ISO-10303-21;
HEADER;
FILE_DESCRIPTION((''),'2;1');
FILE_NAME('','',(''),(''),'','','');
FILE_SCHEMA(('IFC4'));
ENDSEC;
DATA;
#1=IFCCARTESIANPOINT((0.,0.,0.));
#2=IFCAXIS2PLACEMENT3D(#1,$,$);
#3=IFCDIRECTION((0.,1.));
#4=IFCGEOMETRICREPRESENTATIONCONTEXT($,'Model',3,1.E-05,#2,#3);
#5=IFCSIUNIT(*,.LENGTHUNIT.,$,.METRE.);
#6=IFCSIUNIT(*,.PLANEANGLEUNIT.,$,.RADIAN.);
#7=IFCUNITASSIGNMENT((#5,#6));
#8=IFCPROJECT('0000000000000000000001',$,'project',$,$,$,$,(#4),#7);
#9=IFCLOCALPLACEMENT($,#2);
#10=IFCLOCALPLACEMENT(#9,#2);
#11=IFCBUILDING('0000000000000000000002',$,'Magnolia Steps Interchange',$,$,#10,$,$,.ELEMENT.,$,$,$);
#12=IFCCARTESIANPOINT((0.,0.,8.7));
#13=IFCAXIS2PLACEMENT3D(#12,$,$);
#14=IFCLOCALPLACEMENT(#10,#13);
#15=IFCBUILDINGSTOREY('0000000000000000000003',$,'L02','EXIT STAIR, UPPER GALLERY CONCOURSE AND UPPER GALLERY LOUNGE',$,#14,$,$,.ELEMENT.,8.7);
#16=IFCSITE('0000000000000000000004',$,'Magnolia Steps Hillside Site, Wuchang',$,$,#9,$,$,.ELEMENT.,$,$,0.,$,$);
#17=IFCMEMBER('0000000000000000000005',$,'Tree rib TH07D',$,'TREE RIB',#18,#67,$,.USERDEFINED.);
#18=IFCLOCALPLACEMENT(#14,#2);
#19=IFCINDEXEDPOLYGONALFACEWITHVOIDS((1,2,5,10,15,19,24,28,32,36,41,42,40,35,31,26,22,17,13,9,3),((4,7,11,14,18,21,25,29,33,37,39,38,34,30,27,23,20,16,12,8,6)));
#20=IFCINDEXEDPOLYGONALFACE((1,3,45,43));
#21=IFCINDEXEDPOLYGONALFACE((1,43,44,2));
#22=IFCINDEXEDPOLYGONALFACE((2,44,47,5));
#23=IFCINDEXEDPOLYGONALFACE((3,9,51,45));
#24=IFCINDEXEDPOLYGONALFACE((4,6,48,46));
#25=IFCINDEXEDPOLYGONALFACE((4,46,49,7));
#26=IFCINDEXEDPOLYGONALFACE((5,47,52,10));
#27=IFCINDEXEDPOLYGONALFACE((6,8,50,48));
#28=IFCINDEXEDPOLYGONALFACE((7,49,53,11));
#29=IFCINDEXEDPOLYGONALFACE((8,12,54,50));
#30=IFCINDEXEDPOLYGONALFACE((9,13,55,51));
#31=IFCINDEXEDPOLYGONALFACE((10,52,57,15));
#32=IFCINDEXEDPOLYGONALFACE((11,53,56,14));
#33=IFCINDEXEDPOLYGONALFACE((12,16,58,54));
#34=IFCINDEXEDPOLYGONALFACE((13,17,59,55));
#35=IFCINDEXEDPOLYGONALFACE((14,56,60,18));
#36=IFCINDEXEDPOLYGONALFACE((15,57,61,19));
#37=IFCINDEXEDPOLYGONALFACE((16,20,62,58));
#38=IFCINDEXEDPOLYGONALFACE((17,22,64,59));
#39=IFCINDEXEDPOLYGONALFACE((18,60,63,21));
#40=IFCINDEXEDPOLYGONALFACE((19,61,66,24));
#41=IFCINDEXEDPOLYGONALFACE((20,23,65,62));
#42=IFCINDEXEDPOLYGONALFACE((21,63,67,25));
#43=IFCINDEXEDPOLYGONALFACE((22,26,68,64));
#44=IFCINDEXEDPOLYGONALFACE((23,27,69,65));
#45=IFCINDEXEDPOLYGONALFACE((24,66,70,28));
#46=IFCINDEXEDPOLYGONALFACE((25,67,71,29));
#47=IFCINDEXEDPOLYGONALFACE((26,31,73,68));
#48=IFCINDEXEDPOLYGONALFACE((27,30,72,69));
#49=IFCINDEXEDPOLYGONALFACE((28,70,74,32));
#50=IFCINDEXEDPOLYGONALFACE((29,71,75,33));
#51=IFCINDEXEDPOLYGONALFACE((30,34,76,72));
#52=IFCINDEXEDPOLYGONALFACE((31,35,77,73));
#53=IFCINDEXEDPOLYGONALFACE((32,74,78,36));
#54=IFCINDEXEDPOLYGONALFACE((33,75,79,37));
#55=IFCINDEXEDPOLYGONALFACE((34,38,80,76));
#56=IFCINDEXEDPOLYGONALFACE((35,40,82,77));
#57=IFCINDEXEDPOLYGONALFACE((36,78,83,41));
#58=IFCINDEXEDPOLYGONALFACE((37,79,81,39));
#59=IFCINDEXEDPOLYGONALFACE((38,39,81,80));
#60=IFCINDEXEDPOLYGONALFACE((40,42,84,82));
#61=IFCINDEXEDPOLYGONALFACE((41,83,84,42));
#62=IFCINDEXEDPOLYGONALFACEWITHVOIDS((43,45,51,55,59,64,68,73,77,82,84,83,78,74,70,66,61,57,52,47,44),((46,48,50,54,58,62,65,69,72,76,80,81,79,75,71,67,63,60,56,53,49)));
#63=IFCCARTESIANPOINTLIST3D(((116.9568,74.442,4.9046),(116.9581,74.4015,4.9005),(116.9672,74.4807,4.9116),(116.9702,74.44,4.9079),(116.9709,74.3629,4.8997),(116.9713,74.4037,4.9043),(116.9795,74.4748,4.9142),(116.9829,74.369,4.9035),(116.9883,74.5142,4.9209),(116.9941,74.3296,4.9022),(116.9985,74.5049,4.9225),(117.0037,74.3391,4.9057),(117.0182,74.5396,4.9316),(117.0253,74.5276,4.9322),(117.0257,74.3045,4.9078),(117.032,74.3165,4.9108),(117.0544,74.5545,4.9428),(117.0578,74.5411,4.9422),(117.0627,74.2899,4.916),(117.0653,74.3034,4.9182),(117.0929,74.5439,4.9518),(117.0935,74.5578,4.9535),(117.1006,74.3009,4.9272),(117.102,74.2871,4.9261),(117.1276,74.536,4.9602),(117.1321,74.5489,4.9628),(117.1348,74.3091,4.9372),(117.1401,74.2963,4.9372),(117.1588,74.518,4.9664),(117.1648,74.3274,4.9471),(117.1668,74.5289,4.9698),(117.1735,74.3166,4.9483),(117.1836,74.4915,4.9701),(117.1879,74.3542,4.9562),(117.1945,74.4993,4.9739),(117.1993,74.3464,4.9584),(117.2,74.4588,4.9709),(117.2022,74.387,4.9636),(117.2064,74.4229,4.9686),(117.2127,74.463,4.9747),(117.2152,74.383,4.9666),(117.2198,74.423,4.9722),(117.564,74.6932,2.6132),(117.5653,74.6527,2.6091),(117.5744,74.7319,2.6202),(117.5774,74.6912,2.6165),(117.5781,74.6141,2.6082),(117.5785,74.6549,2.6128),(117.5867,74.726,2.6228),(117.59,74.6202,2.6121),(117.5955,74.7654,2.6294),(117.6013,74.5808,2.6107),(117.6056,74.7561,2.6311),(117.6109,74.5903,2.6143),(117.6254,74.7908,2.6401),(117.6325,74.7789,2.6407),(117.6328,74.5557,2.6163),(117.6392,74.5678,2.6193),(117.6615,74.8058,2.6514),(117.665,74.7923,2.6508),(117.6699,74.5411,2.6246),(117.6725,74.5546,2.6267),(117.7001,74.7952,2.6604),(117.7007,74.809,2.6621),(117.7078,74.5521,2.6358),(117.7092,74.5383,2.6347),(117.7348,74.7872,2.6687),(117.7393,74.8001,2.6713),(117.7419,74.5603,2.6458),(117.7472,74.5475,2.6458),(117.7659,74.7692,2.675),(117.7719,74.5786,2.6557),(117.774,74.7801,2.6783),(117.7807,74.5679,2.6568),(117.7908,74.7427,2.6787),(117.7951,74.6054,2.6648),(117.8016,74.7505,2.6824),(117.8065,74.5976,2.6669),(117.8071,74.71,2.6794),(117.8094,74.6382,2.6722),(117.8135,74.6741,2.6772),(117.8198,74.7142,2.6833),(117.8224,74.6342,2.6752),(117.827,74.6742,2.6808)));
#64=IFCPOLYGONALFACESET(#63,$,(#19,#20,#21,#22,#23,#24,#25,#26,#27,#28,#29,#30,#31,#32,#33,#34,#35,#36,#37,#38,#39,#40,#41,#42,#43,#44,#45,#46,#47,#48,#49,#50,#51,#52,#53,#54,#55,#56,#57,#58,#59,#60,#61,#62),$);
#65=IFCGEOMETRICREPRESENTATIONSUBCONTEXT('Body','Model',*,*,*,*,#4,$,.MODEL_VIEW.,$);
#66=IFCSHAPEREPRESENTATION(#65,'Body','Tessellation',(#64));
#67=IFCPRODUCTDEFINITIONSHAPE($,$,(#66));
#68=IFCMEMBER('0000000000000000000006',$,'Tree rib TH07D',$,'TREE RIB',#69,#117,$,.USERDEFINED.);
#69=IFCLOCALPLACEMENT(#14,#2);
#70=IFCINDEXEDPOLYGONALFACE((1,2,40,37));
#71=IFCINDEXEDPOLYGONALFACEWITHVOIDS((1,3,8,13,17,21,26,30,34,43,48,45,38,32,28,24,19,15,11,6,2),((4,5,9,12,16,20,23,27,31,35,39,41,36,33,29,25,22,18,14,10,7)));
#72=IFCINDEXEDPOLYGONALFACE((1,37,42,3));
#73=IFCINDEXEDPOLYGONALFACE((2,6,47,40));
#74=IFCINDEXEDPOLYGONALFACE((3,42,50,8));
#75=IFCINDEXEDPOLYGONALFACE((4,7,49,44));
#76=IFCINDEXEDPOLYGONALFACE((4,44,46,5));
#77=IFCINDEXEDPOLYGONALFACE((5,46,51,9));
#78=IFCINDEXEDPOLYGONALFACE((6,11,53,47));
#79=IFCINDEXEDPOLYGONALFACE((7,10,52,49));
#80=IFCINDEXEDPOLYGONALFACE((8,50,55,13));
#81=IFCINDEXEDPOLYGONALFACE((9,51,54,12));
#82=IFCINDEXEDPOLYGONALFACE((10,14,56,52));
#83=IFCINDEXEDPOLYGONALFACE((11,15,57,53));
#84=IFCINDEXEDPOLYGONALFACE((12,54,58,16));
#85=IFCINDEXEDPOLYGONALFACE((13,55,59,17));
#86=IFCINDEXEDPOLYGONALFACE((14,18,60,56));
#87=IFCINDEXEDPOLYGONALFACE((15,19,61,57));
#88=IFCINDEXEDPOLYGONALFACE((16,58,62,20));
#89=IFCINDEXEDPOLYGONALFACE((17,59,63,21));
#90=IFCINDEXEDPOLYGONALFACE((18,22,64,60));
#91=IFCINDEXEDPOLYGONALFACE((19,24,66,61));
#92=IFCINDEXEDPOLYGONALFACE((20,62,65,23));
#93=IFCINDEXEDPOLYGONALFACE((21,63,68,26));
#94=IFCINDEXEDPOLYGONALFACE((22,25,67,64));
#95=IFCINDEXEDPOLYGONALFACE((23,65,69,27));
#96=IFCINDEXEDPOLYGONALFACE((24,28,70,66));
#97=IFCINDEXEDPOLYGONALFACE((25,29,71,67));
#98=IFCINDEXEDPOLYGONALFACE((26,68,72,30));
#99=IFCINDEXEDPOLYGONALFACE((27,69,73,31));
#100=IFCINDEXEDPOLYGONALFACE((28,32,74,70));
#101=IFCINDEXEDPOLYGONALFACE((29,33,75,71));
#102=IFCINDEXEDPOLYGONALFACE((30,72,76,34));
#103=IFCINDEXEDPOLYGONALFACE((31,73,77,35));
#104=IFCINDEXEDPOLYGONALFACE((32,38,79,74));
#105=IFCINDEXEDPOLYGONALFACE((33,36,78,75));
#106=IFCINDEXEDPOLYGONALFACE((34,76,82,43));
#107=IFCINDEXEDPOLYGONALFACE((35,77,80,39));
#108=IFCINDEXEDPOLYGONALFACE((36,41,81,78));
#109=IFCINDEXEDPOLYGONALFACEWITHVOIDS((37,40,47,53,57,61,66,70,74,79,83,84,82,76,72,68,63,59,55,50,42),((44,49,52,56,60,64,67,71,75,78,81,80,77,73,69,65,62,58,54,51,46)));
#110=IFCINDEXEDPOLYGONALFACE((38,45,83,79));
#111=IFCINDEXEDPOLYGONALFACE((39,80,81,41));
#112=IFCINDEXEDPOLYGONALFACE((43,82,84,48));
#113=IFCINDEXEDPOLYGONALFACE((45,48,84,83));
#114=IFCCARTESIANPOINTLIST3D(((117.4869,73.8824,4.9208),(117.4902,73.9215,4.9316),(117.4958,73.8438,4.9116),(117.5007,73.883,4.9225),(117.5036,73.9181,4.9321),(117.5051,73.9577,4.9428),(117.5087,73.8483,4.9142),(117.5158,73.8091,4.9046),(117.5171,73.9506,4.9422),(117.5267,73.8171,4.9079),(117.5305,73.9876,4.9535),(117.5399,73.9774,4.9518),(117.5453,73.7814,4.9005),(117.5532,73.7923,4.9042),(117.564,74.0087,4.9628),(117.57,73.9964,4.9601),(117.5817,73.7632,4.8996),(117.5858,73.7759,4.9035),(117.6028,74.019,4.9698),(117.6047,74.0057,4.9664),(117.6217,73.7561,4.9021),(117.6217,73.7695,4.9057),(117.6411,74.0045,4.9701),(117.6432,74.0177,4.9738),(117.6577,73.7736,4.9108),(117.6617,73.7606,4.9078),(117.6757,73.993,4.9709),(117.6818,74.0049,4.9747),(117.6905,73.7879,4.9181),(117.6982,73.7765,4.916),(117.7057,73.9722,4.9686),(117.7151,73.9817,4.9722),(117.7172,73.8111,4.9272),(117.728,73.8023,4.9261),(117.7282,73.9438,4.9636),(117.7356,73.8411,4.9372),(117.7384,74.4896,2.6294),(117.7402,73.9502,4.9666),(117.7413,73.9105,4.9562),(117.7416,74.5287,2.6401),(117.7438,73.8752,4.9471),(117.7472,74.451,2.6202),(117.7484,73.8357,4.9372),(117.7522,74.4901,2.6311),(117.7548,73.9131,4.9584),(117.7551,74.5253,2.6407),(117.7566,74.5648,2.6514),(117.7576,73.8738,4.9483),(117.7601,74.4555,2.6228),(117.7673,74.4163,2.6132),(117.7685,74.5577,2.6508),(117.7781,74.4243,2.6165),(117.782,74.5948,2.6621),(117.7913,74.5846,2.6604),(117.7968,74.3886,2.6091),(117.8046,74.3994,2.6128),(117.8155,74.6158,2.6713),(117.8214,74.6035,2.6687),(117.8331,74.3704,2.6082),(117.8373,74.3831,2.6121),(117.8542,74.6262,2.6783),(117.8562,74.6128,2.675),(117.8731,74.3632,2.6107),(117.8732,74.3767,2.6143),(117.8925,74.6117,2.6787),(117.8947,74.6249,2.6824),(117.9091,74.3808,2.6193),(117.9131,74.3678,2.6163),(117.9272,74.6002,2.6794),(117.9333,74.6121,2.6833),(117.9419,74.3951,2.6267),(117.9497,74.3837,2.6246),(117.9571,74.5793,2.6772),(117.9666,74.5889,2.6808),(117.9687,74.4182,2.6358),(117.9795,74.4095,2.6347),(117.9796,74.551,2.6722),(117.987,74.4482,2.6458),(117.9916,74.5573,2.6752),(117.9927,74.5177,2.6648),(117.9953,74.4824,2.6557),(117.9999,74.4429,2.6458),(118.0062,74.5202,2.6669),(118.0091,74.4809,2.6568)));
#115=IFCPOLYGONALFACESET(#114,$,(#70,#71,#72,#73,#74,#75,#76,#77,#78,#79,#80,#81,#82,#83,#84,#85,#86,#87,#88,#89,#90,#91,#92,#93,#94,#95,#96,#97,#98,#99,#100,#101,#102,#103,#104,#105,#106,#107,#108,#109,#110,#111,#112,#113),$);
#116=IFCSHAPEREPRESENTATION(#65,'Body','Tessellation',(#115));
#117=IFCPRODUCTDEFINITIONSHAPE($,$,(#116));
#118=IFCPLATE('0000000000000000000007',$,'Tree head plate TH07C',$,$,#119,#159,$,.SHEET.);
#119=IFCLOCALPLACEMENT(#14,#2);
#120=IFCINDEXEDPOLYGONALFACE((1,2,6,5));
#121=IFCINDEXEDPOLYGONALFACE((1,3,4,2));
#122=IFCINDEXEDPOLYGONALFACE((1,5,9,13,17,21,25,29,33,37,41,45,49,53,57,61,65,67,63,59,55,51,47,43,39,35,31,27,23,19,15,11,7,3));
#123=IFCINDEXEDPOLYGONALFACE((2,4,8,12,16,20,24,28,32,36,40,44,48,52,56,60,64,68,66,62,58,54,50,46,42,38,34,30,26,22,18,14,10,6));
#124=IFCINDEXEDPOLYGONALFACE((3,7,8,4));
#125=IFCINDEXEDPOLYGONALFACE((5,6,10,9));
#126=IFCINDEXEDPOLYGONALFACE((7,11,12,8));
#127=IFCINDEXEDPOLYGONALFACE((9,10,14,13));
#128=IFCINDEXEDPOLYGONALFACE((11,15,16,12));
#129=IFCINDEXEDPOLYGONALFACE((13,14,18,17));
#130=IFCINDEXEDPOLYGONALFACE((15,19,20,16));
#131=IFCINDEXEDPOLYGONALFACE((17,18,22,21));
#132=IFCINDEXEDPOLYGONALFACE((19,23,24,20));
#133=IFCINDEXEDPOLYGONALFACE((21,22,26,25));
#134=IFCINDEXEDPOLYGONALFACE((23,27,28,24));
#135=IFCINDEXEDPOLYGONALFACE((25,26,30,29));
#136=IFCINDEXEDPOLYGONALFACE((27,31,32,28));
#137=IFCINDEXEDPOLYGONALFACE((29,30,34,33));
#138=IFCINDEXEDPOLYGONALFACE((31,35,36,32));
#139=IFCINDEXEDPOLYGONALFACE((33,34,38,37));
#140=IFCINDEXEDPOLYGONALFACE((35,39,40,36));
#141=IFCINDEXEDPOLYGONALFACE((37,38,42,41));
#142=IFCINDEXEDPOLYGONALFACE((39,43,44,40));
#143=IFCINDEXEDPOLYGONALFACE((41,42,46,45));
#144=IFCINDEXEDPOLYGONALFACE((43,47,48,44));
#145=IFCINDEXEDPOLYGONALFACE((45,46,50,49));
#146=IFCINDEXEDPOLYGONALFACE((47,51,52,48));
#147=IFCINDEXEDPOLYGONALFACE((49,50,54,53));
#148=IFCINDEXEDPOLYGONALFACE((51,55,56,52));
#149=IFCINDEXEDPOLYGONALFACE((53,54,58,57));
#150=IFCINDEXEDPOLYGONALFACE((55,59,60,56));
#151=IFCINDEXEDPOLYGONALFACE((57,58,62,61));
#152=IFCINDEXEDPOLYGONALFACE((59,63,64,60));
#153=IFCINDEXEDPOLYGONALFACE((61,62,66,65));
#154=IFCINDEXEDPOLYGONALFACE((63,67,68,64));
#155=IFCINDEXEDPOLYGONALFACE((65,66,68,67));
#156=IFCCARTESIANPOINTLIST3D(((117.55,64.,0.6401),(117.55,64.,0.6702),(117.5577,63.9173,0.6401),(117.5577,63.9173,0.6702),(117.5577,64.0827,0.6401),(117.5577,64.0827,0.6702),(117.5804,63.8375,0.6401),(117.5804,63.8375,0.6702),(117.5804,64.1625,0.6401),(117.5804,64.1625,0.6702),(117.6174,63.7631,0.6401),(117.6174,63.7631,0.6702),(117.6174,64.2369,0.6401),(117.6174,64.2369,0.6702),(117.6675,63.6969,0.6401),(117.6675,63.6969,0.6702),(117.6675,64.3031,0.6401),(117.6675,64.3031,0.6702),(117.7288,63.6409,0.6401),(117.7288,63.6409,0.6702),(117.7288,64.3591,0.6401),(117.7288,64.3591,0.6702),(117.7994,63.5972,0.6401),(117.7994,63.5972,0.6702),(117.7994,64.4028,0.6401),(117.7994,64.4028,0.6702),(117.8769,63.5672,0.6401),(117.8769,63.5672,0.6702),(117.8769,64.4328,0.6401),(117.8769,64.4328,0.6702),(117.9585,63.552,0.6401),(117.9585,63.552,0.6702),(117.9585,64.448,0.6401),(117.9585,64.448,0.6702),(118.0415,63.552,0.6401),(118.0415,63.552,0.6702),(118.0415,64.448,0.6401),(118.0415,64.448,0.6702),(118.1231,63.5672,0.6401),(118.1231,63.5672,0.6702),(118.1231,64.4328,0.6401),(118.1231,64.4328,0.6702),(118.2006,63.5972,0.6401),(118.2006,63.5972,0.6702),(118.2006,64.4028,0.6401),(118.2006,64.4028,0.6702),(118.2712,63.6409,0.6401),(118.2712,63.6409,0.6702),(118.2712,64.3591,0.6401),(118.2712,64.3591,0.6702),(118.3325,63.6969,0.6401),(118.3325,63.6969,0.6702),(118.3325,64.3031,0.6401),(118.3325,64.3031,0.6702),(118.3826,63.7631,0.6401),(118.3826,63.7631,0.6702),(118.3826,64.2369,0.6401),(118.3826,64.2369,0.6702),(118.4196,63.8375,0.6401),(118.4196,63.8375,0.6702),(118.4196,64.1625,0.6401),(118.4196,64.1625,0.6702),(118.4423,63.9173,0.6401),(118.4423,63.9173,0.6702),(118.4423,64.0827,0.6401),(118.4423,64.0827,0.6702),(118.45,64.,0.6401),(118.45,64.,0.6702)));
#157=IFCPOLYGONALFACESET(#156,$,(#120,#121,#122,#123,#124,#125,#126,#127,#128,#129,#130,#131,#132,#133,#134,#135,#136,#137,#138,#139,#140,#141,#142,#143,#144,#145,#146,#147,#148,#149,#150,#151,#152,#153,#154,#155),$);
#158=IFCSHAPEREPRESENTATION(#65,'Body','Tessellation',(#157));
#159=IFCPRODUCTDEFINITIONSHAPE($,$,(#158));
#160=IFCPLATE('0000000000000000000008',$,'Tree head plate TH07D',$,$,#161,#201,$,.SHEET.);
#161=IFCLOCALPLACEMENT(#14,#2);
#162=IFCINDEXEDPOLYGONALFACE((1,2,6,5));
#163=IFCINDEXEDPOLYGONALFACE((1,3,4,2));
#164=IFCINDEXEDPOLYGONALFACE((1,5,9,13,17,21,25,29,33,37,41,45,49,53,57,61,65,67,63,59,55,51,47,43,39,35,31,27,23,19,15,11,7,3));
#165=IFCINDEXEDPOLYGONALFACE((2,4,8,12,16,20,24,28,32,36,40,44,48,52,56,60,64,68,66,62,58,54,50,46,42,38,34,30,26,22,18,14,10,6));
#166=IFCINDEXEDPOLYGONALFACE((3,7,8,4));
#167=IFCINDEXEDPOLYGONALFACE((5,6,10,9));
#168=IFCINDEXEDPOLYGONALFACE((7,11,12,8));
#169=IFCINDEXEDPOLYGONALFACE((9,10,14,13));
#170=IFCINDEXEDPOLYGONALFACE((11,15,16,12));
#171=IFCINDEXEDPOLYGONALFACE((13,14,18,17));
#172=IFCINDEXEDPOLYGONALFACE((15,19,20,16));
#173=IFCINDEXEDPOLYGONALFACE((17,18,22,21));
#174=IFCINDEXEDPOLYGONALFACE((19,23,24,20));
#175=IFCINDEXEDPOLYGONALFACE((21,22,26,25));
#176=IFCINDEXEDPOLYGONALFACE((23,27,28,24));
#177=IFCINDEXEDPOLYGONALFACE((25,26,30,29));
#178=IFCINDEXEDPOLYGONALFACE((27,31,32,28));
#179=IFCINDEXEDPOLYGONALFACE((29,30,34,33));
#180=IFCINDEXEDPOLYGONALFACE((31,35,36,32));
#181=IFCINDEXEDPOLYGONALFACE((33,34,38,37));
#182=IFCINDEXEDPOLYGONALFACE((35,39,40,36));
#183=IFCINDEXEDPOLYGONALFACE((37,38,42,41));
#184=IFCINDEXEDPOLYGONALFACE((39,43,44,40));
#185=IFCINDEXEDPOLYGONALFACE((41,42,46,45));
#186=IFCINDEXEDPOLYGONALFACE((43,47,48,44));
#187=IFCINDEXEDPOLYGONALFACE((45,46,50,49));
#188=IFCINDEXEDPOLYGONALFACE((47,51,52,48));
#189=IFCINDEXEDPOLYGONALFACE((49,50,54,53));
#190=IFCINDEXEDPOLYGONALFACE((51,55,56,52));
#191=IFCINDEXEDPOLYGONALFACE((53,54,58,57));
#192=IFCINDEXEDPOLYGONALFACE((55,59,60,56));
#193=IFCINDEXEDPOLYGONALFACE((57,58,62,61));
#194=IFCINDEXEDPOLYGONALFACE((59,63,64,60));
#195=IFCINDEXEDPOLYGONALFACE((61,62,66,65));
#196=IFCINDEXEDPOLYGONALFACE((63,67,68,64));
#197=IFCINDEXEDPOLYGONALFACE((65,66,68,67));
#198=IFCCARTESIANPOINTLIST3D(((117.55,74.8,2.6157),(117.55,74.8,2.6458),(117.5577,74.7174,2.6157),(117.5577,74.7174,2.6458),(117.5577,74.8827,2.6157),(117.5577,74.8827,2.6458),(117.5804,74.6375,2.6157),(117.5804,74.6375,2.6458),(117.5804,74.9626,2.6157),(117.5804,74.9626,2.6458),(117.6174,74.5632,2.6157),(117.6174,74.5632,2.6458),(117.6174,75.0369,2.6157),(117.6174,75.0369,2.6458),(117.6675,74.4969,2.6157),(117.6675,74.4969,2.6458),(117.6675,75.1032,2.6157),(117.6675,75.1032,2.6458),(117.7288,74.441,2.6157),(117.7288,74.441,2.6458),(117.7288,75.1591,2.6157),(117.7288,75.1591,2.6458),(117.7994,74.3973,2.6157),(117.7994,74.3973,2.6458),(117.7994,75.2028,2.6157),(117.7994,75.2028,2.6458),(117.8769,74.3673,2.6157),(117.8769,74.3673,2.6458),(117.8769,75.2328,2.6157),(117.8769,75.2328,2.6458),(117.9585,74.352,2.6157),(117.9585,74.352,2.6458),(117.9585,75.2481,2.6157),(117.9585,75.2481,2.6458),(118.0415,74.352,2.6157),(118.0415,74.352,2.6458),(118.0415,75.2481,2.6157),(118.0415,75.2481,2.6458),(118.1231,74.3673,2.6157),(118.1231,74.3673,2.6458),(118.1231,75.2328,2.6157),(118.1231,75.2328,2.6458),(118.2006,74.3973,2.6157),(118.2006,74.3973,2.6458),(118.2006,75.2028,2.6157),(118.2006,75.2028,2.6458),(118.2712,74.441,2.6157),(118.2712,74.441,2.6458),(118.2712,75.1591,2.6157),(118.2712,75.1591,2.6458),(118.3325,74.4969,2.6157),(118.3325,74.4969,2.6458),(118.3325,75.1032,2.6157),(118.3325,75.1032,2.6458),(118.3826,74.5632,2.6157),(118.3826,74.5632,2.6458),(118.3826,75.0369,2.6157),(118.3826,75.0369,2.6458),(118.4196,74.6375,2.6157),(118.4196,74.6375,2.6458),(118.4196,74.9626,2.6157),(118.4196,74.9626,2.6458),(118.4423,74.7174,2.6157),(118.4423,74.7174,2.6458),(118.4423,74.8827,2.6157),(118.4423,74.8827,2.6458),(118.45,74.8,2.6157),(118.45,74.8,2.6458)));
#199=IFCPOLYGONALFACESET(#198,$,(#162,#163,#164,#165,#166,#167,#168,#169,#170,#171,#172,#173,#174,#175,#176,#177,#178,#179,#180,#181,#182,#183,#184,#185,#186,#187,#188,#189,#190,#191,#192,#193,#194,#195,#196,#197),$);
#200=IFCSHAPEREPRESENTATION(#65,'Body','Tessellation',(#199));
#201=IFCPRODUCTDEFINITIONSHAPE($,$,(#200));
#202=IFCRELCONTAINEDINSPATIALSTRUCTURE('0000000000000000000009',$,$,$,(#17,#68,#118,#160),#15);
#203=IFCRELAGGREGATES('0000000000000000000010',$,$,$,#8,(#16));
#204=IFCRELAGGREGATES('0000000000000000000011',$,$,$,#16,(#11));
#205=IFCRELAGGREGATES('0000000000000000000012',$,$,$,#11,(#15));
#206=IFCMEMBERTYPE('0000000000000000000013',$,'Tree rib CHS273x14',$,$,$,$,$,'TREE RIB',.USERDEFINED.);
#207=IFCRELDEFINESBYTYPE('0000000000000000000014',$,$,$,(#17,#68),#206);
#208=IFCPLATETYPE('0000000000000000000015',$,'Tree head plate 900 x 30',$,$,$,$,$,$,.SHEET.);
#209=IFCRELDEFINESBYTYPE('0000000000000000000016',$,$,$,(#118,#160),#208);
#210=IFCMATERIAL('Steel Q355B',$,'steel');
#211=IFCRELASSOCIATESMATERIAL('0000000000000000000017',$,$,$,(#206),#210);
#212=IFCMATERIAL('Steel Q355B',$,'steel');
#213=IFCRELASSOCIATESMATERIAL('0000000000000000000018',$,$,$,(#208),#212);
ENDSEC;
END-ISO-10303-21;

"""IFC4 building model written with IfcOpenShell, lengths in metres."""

from ifc_helpers import new_model, si_unit, direction, frame, origin, origin_2d, place, context, subcontext, project, spatial, circle, hollow_circle, extrude, material, material_profile, profile_set, type_object, element, save


model = new_model("IFC4")

# Units and contexts
model_context = context("Model", 3, precision=1e-05, world=origin(), true_north=direction((0.0, 1.0)))
body_context = subcontext(model_context, "Body", "Model", "MODEL_VIEW")
ifc_project = project(units=[si_unit("LENGTHUNIT", "METRE"), si_unit("PLANEANGLEUNIT", "RADIAN")], contexts=[model_context])

# Site, building, storey
site_placement = place(None, origin())
site = spatial("IfcSite", under=ifc_project, at=site_placement, Name="Magnolia Steps Hillside Site, Wuchang", CompositionType="ELEMENT", RefElevation=0.0)
building_placement = place(site_placement, origin())
building = spatial("IfcBuilding", under=site, at=building_placement, Name="Magnolia Steps Interchange", CompositionType="ELEMENT")
storey_placement = place(building_placement, frame((0.0, 0.0, 8.7)))
storey = spatial("IfcBuildingStorey", under=building, at=storey_placement, Name="L02", Description="EXIT STAIR, UPPER GALLERY CONCOURSE AND UPPER GALLERY LOUNGE", CompositionType="ELEMENT", Elevation=8.7)

# Members
ifc_material_1 = material(Name="Steel Q355B", Category="steel")
ifc_material_profile_1 = material_profile(ifc_material_1, hollow_circle(Radius=0.1365, WallThickness=0.0139, at=origin_2d()), Name="CHS273x14")
ifc_profile_set_1 = profile_set([ifc_material_profile_1], Name="Steel Q355B")
member_type_1 = type_object("IfcMemberType", Name="Tree rib CHS273x14", ElementType="TREE RIB", PredefinedType="USERDEFINED", material=ifc_profile_set_1)
for number, where, z_axis, x_axis, name in (
    (1, (117.6951, 74.6736, 2.6458), (-0.254704, -0.105384, 0.96126), (0.382319, -0.92403, 0.0), "Tree rib TH07D"),
    (2, (117.8738, 74.4951, 2.6458), (-0.105485, -0.254701, 0.961249), (0.923899, -0.382636, 0.0), "Tree rib TH07D"),
):
    element("IfcMember", number, at=place(storey_placement, frame(where, z_axis=z_axis, x_axis=x_axis)), inside=storey, type_object=member_type_1, Name=name, ObjectType="TREE RIB", PredefinedType="USERDEFINED", context=body_context, shape_type="SweptSolid", body=[
        extrude(hollow_circle(Radius=0.1365, WallThickness=0.0139, at=origin_2d()), origin(), (0.0, 0.0, 1.0), 2.3838),
    ])

# Plates
ifc_material_2 = material(Name="Steel Q355B", Category="steel")
ifc_material_profile_2 = material_profile(ifc_material_2, circle(Radius=0.45, at=origin_2d()), Name="Tree head plate 900 x 30")
ifc_profile_set_2 = profile_set([ifc_material_profile_2], Name="Steel Q355B")
plate_type = type_object("IfcPlateType", Name="Tree head plate 900 x 30", PredefinedType="SHEET", material=ifc_profile_set_2)
for number, where, z_axis, x_axis, name in (
    (3, (118.0, 64.0, 0.6401), (0.0, 0.0, 1.0), (1.0, 0.0, 0.0), "Tree head plate TH07C"),
    (4, (118.0, 74.8, 2.6157), (0.0, 0.0, 1.0), (1.0, 0.0, 0.0), "Tree head plate TH07D"),
):
    element("IfcPlate", number, at=place(storey_placement, frame(where, z_axis=z_axis, x_axis=x_axis)), inside=storey, type_object=plate_type, Name=name, PredefinedType="SHEET", context=body_context, shape_type="SweptSolid", body=[
        extrude(circle(Radius=0.45, at=origin_2d()), origin(), (0.0, 0.0, 1.0), 0.03),
    ])

save(model, "model.ifc")
